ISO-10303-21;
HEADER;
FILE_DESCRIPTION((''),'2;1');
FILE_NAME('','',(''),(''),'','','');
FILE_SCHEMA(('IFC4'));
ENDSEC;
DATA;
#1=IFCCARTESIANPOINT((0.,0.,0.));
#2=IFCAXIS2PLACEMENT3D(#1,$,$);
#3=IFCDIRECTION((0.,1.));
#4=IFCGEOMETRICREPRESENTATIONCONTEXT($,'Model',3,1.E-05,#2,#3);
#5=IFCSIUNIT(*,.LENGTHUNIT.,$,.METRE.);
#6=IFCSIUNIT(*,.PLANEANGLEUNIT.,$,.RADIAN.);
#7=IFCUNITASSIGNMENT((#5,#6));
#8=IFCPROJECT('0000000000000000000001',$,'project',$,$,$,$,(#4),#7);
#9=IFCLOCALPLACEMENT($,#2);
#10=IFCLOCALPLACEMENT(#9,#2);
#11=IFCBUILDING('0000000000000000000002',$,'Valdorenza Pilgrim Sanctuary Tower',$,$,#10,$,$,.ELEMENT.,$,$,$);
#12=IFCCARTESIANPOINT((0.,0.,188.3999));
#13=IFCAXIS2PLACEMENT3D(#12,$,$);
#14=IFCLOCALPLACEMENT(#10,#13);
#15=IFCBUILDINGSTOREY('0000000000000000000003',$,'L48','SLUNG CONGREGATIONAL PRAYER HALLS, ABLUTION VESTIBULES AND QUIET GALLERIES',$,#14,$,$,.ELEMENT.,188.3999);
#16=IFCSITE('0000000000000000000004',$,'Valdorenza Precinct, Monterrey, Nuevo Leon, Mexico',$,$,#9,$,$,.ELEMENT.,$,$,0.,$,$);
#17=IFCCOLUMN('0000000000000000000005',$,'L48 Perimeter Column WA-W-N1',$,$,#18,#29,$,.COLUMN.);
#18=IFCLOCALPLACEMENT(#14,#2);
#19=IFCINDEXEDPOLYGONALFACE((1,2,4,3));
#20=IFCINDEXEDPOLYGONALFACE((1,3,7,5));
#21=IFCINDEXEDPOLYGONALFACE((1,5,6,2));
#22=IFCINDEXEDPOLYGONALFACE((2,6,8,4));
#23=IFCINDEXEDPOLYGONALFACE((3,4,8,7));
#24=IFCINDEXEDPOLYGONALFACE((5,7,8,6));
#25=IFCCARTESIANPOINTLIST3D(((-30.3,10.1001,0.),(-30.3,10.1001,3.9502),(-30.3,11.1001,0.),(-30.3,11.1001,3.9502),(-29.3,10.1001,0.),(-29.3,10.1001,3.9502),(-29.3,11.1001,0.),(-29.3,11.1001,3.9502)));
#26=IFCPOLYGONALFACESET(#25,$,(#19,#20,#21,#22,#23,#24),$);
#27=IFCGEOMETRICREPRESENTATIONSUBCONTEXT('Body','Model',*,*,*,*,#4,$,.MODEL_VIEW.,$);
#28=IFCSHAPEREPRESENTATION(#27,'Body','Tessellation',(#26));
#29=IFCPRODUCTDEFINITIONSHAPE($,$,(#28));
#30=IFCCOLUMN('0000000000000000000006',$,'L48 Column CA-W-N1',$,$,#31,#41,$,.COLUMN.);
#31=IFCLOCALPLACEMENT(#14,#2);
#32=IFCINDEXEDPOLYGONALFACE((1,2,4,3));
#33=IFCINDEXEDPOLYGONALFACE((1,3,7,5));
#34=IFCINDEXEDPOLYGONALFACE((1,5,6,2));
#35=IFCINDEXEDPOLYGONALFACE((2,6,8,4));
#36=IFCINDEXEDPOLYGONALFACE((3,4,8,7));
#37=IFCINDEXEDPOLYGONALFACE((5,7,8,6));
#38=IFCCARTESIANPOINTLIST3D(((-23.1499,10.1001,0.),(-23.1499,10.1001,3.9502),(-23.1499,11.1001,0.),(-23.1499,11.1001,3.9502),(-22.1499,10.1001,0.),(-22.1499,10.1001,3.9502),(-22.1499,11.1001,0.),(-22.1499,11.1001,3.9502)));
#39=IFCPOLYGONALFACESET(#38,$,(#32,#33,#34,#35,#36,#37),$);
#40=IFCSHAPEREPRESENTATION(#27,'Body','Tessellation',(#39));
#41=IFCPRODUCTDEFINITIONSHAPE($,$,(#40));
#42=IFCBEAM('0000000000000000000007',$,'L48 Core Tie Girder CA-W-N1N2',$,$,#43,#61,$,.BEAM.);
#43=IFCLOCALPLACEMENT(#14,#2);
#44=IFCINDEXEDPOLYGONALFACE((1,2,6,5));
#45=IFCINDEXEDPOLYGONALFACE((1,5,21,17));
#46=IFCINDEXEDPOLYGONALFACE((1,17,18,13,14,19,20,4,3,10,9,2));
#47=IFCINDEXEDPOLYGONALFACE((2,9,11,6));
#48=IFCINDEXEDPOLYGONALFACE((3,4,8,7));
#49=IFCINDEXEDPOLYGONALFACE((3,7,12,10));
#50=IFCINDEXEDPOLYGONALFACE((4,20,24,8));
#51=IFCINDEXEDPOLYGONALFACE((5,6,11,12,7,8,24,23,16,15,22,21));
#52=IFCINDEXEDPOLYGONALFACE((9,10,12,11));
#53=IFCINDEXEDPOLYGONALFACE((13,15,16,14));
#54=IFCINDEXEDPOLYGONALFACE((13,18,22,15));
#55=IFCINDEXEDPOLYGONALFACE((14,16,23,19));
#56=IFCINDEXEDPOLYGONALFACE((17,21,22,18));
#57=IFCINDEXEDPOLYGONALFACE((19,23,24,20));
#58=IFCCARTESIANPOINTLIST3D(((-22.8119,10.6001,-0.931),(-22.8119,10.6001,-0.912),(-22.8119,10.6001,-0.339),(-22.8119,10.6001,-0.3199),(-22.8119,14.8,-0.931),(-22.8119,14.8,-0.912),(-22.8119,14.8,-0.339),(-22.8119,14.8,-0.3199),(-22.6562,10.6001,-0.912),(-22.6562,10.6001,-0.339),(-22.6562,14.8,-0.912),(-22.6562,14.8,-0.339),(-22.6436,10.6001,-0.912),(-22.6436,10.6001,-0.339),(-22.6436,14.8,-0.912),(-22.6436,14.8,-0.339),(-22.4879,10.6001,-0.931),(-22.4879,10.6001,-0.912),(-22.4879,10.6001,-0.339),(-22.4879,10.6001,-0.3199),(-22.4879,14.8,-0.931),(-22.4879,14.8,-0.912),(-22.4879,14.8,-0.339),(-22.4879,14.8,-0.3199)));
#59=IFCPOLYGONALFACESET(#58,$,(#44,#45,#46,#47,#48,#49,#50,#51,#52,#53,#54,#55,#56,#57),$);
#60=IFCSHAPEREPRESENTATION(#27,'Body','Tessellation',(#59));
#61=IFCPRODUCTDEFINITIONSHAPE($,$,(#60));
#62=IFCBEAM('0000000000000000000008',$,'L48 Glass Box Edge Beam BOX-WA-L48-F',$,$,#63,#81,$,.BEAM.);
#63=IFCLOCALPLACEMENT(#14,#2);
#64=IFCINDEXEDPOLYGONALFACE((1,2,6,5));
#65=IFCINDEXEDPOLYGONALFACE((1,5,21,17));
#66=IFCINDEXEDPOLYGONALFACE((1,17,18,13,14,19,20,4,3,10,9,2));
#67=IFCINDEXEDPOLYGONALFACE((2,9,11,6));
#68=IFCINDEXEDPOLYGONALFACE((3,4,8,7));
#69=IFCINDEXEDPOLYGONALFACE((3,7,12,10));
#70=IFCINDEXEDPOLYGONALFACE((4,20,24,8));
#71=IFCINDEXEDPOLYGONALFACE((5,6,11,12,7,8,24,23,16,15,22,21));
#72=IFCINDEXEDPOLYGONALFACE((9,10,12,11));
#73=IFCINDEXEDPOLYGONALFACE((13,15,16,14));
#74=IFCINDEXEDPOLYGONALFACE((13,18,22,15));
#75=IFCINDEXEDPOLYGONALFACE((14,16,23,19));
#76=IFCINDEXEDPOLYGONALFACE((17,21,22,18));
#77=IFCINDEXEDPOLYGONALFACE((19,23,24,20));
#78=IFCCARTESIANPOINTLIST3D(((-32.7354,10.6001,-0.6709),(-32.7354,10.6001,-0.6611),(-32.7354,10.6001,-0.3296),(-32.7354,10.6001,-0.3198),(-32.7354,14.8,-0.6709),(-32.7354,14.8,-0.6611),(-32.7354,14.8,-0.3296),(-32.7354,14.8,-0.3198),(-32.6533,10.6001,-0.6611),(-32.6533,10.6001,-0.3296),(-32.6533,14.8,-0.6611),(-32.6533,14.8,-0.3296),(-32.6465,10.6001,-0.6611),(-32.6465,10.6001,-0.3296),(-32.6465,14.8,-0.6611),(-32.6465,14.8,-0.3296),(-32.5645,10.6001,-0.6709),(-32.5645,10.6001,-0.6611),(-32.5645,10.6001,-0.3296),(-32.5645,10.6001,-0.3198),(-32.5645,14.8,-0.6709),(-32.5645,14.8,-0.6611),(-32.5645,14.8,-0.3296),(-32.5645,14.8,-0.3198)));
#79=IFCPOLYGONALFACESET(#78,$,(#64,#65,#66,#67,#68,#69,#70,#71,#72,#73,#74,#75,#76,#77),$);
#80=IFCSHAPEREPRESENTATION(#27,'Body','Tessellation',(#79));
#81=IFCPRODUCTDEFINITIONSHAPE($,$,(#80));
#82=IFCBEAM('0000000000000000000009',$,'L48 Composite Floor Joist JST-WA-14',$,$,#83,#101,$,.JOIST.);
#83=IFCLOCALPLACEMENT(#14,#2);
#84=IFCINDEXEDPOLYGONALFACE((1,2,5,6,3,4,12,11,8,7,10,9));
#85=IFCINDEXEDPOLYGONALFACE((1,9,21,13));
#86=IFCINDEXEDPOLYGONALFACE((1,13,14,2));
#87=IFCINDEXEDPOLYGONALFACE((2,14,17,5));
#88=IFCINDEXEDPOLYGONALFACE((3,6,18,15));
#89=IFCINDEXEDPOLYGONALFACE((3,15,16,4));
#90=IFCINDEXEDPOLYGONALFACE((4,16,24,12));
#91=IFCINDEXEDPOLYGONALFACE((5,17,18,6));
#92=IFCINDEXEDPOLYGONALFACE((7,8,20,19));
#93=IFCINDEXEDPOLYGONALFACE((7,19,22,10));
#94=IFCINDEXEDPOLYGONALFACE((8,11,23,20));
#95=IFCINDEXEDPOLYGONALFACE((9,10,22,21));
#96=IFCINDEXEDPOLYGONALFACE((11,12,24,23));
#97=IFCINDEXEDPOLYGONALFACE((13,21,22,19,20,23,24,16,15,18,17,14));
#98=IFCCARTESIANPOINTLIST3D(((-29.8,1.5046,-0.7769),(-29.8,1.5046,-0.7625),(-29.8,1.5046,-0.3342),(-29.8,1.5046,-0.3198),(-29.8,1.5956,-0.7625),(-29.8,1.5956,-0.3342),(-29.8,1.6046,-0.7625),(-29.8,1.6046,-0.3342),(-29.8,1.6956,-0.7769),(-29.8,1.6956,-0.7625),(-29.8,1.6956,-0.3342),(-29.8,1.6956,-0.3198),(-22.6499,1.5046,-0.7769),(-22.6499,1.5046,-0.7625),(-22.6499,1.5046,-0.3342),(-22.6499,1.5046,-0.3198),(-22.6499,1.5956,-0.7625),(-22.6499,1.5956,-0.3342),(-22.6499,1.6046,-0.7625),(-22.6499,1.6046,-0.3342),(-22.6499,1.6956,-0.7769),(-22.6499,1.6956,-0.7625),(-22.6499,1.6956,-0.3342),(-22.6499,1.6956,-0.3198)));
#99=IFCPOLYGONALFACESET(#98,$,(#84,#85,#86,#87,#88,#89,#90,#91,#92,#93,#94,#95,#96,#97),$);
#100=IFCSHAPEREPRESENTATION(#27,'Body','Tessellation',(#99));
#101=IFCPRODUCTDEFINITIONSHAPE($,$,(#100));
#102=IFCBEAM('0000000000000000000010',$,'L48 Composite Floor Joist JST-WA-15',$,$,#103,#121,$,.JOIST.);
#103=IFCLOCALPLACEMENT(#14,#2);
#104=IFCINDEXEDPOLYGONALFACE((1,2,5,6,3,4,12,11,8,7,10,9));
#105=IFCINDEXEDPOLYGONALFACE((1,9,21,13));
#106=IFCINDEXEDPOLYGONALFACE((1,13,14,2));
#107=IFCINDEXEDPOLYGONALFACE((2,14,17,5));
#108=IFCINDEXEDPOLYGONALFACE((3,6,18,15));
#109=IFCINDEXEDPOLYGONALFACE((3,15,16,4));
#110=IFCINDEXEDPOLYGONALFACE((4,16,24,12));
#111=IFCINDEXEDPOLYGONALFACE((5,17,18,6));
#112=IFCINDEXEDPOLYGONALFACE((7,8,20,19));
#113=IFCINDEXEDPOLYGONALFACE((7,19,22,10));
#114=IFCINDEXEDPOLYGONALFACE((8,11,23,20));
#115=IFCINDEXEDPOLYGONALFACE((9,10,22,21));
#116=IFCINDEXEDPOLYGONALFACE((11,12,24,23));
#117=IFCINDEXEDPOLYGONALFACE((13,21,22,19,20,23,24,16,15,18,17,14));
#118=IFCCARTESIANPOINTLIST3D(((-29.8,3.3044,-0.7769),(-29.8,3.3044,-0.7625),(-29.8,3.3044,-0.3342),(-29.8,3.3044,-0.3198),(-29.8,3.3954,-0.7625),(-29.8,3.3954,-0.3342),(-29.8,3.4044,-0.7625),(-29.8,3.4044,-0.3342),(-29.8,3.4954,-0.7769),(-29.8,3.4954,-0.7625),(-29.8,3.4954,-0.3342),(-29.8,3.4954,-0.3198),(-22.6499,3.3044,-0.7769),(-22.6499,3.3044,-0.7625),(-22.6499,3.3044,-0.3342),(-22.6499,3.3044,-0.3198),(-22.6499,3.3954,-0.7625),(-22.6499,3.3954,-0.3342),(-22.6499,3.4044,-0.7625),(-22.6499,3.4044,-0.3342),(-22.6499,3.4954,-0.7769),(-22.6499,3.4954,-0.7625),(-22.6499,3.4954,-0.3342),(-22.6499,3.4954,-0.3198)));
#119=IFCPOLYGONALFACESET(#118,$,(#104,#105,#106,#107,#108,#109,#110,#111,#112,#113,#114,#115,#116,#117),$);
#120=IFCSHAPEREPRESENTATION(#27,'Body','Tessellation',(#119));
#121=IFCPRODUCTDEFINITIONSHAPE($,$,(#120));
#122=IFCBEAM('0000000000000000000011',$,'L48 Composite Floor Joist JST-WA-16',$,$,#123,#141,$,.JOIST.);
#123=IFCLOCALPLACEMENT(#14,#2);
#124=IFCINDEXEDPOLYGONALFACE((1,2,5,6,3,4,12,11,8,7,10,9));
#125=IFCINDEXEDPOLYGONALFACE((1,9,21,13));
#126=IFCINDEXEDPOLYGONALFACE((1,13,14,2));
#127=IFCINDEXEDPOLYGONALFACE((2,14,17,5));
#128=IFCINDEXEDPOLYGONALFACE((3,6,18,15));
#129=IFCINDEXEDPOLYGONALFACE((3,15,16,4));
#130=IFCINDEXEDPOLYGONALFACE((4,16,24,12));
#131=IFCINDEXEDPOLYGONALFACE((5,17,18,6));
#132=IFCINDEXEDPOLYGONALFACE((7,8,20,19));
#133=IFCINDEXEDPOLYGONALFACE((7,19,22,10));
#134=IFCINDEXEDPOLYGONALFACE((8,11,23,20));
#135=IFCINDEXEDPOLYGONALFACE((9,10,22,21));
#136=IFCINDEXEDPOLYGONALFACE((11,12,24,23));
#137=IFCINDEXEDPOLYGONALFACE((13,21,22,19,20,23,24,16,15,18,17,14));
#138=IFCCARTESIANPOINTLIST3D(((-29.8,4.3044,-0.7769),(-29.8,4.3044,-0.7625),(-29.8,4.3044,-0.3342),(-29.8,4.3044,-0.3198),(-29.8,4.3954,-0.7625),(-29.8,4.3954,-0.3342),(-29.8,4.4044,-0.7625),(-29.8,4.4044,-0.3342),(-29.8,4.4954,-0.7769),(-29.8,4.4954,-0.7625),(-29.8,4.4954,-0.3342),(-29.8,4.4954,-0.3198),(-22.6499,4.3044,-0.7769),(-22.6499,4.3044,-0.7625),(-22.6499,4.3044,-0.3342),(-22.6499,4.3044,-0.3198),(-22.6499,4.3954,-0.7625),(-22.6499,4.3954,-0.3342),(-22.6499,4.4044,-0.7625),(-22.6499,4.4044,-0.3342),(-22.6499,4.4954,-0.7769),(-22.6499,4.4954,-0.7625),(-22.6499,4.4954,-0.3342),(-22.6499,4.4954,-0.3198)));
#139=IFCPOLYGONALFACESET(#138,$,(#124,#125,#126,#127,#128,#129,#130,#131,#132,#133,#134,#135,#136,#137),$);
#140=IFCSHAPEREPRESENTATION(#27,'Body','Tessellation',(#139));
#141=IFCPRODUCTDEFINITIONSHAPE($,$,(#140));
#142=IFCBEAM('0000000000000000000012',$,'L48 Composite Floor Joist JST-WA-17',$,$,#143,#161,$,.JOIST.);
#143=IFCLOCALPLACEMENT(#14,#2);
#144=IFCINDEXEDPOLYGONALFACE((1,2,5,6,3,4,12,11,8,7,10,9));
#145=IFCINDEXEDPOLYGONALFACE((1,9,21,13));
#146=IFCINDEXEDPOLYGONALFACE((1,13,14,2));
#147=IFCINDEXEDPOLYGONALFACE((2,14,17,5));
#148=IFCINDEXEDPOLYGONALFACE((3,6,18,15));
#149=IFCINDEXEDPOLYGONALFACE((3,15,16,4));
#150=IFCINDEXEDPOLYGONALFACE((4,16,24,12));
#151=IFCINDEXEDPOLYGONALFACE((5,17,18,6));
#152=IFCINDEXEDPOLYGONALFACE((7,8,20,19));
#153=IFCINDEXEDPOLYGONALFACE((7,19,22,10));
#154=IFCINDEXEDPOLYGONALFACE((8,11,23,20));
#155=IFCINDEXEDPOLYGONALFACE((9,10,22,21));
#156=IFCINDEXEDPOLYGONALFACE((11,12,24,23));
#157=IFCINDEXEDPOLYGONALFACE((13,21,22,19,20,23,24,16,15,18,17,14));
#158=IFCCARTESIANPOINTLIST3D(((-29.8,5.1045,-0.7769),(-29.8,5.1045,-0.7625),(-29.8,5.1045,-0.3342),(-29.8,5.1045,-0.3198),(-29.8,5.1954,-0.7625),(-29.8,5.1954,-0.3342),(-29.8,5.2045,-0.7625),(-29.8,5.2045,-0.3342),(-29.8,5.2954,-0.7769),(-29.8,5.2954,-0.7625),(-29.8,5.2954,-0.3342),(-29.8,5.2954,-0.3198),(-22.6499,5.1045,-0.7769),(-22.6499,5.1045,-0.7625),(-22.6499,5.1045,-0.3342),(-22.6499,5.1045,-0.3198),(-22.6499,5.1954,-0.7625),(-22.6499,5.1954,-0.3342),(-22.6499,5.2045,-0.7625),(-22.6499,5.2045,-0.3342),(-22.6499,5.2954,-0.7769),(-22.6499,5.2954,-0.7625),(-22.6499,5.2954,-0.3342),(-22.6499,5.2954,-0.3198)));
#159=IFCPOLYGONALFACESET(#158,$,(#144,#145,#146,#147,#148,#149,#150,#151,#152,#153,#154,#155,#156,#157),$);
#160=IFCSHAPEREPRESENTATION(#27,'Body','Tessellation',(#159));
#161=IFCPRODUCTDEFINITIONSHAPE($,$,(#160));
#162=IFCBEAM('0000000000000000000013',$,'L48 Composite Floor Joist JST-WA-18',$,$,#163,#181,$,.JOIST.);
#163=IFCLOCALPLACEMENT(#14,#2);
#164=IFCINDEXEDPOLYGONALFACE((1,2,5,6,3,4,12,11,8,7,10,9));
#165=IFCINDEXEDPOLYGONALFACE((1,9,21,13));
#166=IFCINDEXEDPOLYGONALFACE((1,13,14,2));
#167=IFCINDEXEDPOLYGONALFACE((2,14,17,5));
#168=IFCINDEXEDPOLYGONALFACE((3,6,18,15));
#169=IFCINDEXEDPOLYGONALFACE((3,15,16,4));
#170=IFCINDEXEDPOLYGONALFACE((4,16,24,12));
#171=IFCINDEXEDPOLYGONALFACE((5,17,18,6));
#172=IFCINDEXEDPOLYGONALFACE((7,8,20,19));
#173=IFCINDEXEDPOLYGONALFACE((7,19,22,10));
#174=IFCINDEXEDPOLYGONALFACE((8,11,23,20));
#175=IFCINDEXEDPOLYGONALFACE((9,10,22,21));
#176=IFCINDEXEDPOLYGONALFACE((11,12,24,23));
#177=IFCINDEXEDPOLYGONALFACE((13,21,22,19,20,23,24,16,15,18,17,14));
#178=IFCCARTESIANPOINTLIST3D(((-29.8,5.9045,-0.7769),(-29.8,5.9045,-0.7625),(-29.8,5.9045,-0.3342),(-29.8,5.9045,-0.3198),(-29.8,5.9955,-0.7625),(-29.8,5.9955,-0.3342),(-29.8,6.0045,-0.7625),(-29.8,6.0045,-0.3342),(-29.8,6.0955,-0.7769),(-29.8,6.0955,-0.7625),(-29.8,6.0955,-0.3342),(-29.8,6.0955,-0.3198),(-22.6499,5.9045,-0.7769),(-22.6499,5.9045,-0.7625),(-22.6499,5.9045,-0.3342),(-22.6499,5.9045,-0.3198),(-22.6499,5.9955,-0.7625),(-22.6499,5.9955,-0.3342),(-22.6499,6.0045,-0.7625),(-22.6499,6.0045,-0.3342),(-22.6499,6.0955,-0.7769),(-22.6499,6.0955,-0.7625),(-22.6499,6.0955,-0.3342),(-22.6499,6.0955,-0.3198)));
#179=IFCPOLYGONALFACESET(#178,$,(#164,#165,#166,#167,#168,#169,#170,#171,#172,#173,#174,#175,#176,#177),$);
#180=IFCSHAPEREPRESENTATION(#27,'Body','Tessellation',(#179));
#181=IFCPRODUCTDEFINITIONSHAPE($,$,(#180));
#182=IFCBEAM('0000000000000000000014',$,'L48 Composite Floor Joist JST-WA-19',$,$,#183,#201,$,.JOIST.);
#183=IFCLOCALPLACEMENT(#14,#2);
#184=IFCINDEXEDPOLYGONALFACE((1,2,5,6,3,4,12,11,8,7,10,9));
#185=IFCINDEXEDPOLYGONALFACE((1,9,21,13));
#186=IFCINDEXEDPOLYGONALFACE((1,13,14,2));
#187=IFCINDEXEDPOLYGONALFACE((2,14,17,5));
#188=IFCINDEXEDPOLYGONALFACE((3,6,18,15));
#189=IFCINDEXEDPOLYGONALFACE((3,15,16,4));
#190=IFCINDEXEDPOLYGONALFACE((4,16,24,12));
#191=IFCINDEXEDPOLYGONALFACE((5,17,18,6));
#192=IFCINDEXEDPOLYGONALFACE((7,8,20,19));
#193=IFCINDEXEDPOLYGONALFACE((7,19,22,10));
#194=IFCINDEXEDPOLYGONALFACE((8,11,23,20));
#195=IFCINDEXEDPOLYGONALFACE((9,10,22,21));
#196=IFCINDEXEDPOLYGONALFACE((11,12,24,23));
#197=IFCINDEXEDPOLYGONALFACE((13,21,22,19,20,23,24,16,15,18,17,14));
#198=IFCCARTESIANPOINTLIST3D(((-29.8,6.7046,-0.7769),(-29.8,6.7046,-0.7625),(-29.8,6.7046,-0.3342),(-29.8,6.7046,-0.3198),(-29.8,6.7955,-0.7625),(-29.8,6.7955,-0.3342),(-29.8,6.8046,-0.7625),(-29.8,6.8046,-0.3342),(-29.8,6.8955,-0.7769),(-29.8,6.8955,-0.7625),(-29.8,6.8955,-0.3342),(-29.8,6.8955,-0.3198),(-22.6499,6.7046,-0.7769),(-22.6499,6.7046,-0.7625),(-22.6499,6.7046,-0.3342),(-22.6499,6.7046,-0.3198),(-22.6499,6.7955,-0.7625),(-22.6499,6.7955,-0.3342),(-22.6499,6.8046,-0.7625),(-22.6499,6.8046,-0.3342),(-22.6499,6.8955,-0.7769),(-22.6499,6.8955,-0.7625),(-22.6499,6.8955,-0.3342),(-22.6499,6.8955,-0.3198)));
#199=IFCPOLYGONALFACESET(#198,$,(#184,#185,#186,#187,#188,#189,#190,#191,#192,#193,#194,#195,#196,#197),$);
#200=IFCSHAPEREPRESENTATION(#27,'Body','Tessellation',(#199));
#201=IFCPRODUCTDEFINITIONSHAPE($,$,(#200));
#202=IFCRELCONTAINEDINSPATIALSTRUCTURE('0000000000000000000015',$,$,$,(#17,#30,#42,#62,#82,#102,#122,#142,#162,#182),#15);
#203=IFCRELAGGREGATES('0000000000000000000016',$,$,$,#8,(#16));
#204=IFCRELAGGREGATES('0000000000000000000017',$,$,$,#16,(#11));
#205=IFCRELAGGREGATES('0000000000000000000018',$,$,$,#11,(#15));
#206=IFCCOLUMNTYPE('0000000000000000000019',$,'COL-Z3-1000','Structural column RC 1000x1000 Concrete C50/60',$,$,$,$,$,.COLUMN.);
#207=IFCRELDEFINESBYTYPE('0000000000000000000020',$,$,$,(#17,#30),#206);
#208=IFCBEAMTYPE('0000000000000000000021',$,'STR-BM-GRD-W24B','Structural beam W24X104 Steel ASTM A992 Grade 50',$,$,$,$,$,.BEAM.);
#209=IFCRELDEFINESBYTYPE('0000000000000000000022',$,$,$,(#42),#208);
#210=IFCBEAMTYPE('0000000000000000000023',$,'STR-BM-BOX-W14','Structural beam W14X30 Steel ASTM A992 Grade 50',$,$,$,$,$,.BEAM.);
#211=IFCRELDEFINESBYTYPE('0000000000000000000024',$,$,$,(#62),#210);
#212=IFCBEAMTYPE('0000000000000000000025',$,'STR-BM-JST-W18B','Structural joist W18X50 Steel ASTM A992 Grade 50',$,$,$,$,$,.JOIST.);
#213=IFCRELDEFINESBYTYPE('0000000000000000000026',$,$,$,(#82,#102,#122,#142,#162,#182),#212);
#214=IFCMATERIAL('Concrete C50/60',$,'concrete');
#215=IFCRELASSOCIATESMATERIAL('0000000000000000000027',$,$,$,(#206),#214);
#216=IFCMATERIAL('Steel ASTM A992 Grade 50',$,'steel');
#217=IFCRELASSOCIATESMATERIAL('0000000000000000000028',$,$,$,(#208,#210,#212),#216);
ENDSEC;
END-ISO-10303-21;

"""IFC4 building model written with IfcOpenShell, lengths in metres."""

from ifc_helpers import new_model, si_unit, direction, frame, origin, origin_2d, place, context, subcontext, project, spatial, rectangle, i_section, extrude, source, transform, mapped, material, material_profile, profile_set, type_object, element, save


model = new_model("IFC4")

# Units and contexts
model_context = context("Model", 3, precision=1e-05, world=origin(), true_north=direction((0.0, 1.0)))
body_context = subcontext(model_context, "Body", "Model", "MODEL_VIEW")
ifc_project = project(units=[si_unit("LENGTHUNIT", "METRE"), si_unit("PLANEANGLEUNIT", "RADIAN")], contexts=[model_context])

# Site, building, storey
site_placement = place(None, origin())
site = spatial("IfcSite", under=ifc_project, at=site_placement, Name="Valdorenza Precinct, Monterrey, Nuevo Leon, Mexico", CompositionType="ELEMENT", RefElevation=0.0)
building_placement = place(site_placement, origin())
building = spatial("IfcBuilding", under=site, at=building_placement, Name="Valdorenza Pilgrim Sanctuary Tower", CompositionType="ELEMENT")
storey_placement = place(building_placement, frame((0.0, 0.0, 188.3999)))
storey = spatial("IfcBuildingStorey", under=building, at=storey_placement, Name="L48", Description="SLUNG CONGREGATIONAL PRAYER HALLS, ABLUTION VESTIBULES AND QUIET GALLERIES", CompositionType="ELEMENT", Elevation=188.3999)

# Columns
ifc_material_1 = material(Name="Concrete C50/60", Category="concrete")
ifc_material_profile_1 = material_profile(ifc_material_1, rectangle(XDim=1.0, YDim=1.0, at=origin_2d()), Name="RC 1000x1000")
ifc_profile_set_1 = profile_set([ifc_material_profile_1], Name="Concrete C50/60")
column_type = type_object("IfcColumnType", Name="COL-Z3-1000", Description="Structural column RC 1000x1000 Concrete C50/60", PredefinedType="COLUMN", material=ifc_profile_set_1)
shared_shape_1 = source(origin(), body_context, "Body", "SweptSolid", [
    extrude(rectangle(XDim=1.0, YDim=1.0, at=origin_2d()), origin(), (0.0, 0.0, 1.0), 3.9502),
])
for number, where, z_axis, x_axis, name in (
    (1, (-29.8, 10.6001, 0.0), (0.0, 0.0, 1.0), (1.0, 0.0, 0.0), "L48 Perimeter Column WA-W-N1"),
    (2, (-22.6499, 10.6001, 0.0), (0.0, 0.0, 1.0), (1.0, 0.0, 0.0), "L48 Column CA-W-N1"),
):
    element("IfcColumn", number, at=place(storey_placement, frame(where, z_axis=z_axis, x_axis=x_axis)), inside=storey, type_object=column_type, Name=name, PredefinedType="COLUMN", context=body_context, shape_type="MappedRepresentation", body=[
        mapped(shared_shape_1, transform((0.0, 0.0, 0.0), x_axis=(1.0, 0.0, 0.0), y_axis=(0.0, 1.0, 0.0), z_axis=(0.0, 0.0, 1.0), scale=1.0)),
    ])

# Beams
ifc_material_2 = material(Name="Steel ASTM A992 Grade 50", Category="steel")
ifc_material_profile_2 = material_profile(ifc_material_2, i_section(OverallWidth=0.324, OverallDepth=0.6111, WebThickness=0.0127, FlangeThickness=0.019, at=origin_2d()), Name="W24X104")
ifc_profile_set_2 = profile_set([ifc_material_profile_2], Name="Steel ASTM A992 Grade 50")
beam_type_1 = type_object("IfcBeamType", Name="STR-BM-GRD-W24B", Description="Structural beam W24X104 Steel ASTM A992 Grade 50", PredefinedType="BEAM", material=ifc_profile_set_2)
shared_shape_2 = source(origin(), body_context, "Body", "SweptSolid", [
    extrude(i_section(OverallWidth=0.324, OverallDepth=0.6111, WebThickness=0.0127, FlangeThickness=0.019, at=origin_2d()), origin(), (0.0, 0.0, 1.0), 4.2),
])
beam_1_placement = place(storey_placement, frame((-22.6499, 10.6001, -0.6255), z_axis=(0.0, 1.0, 0.0), x_axis=(-1.0, 0.0, 0.0)))
element("IfcBeam", 3, at=beam_1_placement, inside=storey, type_object=beam_type_1, Name="L48 Core Tie Girder CA-W-N1N2", PredefinedType="BEAM", context=body_context, shape_type="MappedRepresentation", body=[
    mapped(shared_shape_2, transform((0.0, 0.0, 0.0), x_axis=(1.0, 0.0, 0.0), y_axis=(0.0, 1.0, 0.0), z_axis=(0.0, 0.0, 1.0), scale=1.0)),
])
ifc_material_profile_3 = material_profile(ifc_material_2, i_section(OverallWidth=0.1709, OverallDepth=0.3511, WebThickness=0.0068, FlangeThickness=0.0098, at=origin_2d()), Name="W14X30")
ifc_profile_set_3 = profile_set([ifc_material_profile_3], Name="Steel ASTM A992 Grade 50")
beam_type_2 = type_object("IfcBeamType", Name="STR-BM-BOX-W14", Description="Structural beam W14X30 Steel ASTM A992 Grade 50", PredefinedType="BEAM", material=ifc_profile_set_3)
shared_shape_3 = source(origin(), body_context, "Body", "SweptSolid", [
    extrude(i_section(OverallWidth=0.1709, OverallDepth=0.3511, WebThickness=0.0068, FlangeThickness=0.0098, at=origin_2d()), origin(), (0.0, 0.0, 1.0), 4.2),
])
beam_2_placement = place(storey_placement, frame((-32.6499, 10.6001, -0.4954), z_axis=(0.0, 1.0, 0.0), x_axis=(-1.0, 0.0, 0.0)))
element("IfcBeam", 4, at=beam_2_placement, inside=storey, type_object=beam_type_2, Name="L48 Glass Box Edge Beam BOX-WA-L48-F", PredefinedType="BEAM", context=body_context, shape_type="MappedRepresentation", body=[
    mapped(shared_shape_3, transform((0.0, 0.0, 0.0), x_axis=(1.0, 0.0, 0.0), y_axis=(0.0, 1.0, 0.0), z_axis=(0.0, 0.0, 1.0), scale=1.0)),
])
ifc_material_profile_4 = material_profile(ifc_material_2, i_section(OverallWidth=0.1909, OverallDepth=0.457, WebThickness=0.009, FlangeThickness=0.0144, at=origin_2d()), Name="W18X50")
ifc_profile_set_4 = profile_set([ifc_material_profile_4], Name="Steel ASTM A992 Grade 50")
beam_type_3 = type_object("IfcBeamType", Name="STR-BM-JST-W18B", Description="Structural joist W18X50 Steel ASTM A992 Grade 50", PredefinedType="JOIST", material=ifc_profile_set_4)
shared_shape_4 = source(origin(), body_context, "Body", "SweptSolid", [
    extrude(i_section(OverallWidth=0.1909, OverallDepth=0.457, WebThickness=0.009, FlangeThickness=0.0144, at=origin_2d()), origin(), (0.0, 0.0, 1.0), 7.1501),
])
for number, where, z_axis, x_axis, name in (
    (5, (-29.8, 1.6001, -0.5483), (1.0, 0.0, 0.0), (0.0, 1.0, 0.0), "L48 Composite Floor Joist JST-WA-14"),
    (6, (-29.8, 3.3999, -0.5483), (1.0, 0.0, 0.0), (0.0, 1.0, 0.0), "L48 Composite Floor Joist JST-WA-15"),
    (7, (-29.8, 4.3999, -0.5483), (1.0, 0.0, 0.0), (0.0, 1.0, 0.0), "L48 Composite Floor Joist JST-WA-16"),
    (8, (-29.8, 5.2, -0.5483), (1.0, 0.0, 0.0), (0.0, 1.0, 0.0), "L48 Composite Floor Joist JST-WA-17"),
    (9, (-29.8, 6.0, -0.5483), (1.0, 0.0, 0.0), (0.0, 1.0, 0.0), "L48 Composite Floor Joist JST-WA-18"),
    (10, (-29.8, 6.8, -0.5483), (1.0, 0.0, 0.0), (0.0, 1.0, 0.0), "L48 Composite Floor Joist JST-WA-19"),
):
    element("IfcBeam", number, at=place(storey_placement, frame(where, z_axis=z_axis, x_axis=x_axis)), inside=storey, type_object=beam_type_3, Name=name, PredefinedType="JOIST", context=body_context, shape_type="MappedRepresentation", body=[
        mapped(shared_shape_4, transform((0.0, 0.0, 0.0), x_axis=(1.0, 0.0, 0.0), y_axis=(0.0, 1.0, 0.0), z_axis=(0.0, 0.0, 1.0), scale=1.0)),
    ])

save(model, "model.ifc")
